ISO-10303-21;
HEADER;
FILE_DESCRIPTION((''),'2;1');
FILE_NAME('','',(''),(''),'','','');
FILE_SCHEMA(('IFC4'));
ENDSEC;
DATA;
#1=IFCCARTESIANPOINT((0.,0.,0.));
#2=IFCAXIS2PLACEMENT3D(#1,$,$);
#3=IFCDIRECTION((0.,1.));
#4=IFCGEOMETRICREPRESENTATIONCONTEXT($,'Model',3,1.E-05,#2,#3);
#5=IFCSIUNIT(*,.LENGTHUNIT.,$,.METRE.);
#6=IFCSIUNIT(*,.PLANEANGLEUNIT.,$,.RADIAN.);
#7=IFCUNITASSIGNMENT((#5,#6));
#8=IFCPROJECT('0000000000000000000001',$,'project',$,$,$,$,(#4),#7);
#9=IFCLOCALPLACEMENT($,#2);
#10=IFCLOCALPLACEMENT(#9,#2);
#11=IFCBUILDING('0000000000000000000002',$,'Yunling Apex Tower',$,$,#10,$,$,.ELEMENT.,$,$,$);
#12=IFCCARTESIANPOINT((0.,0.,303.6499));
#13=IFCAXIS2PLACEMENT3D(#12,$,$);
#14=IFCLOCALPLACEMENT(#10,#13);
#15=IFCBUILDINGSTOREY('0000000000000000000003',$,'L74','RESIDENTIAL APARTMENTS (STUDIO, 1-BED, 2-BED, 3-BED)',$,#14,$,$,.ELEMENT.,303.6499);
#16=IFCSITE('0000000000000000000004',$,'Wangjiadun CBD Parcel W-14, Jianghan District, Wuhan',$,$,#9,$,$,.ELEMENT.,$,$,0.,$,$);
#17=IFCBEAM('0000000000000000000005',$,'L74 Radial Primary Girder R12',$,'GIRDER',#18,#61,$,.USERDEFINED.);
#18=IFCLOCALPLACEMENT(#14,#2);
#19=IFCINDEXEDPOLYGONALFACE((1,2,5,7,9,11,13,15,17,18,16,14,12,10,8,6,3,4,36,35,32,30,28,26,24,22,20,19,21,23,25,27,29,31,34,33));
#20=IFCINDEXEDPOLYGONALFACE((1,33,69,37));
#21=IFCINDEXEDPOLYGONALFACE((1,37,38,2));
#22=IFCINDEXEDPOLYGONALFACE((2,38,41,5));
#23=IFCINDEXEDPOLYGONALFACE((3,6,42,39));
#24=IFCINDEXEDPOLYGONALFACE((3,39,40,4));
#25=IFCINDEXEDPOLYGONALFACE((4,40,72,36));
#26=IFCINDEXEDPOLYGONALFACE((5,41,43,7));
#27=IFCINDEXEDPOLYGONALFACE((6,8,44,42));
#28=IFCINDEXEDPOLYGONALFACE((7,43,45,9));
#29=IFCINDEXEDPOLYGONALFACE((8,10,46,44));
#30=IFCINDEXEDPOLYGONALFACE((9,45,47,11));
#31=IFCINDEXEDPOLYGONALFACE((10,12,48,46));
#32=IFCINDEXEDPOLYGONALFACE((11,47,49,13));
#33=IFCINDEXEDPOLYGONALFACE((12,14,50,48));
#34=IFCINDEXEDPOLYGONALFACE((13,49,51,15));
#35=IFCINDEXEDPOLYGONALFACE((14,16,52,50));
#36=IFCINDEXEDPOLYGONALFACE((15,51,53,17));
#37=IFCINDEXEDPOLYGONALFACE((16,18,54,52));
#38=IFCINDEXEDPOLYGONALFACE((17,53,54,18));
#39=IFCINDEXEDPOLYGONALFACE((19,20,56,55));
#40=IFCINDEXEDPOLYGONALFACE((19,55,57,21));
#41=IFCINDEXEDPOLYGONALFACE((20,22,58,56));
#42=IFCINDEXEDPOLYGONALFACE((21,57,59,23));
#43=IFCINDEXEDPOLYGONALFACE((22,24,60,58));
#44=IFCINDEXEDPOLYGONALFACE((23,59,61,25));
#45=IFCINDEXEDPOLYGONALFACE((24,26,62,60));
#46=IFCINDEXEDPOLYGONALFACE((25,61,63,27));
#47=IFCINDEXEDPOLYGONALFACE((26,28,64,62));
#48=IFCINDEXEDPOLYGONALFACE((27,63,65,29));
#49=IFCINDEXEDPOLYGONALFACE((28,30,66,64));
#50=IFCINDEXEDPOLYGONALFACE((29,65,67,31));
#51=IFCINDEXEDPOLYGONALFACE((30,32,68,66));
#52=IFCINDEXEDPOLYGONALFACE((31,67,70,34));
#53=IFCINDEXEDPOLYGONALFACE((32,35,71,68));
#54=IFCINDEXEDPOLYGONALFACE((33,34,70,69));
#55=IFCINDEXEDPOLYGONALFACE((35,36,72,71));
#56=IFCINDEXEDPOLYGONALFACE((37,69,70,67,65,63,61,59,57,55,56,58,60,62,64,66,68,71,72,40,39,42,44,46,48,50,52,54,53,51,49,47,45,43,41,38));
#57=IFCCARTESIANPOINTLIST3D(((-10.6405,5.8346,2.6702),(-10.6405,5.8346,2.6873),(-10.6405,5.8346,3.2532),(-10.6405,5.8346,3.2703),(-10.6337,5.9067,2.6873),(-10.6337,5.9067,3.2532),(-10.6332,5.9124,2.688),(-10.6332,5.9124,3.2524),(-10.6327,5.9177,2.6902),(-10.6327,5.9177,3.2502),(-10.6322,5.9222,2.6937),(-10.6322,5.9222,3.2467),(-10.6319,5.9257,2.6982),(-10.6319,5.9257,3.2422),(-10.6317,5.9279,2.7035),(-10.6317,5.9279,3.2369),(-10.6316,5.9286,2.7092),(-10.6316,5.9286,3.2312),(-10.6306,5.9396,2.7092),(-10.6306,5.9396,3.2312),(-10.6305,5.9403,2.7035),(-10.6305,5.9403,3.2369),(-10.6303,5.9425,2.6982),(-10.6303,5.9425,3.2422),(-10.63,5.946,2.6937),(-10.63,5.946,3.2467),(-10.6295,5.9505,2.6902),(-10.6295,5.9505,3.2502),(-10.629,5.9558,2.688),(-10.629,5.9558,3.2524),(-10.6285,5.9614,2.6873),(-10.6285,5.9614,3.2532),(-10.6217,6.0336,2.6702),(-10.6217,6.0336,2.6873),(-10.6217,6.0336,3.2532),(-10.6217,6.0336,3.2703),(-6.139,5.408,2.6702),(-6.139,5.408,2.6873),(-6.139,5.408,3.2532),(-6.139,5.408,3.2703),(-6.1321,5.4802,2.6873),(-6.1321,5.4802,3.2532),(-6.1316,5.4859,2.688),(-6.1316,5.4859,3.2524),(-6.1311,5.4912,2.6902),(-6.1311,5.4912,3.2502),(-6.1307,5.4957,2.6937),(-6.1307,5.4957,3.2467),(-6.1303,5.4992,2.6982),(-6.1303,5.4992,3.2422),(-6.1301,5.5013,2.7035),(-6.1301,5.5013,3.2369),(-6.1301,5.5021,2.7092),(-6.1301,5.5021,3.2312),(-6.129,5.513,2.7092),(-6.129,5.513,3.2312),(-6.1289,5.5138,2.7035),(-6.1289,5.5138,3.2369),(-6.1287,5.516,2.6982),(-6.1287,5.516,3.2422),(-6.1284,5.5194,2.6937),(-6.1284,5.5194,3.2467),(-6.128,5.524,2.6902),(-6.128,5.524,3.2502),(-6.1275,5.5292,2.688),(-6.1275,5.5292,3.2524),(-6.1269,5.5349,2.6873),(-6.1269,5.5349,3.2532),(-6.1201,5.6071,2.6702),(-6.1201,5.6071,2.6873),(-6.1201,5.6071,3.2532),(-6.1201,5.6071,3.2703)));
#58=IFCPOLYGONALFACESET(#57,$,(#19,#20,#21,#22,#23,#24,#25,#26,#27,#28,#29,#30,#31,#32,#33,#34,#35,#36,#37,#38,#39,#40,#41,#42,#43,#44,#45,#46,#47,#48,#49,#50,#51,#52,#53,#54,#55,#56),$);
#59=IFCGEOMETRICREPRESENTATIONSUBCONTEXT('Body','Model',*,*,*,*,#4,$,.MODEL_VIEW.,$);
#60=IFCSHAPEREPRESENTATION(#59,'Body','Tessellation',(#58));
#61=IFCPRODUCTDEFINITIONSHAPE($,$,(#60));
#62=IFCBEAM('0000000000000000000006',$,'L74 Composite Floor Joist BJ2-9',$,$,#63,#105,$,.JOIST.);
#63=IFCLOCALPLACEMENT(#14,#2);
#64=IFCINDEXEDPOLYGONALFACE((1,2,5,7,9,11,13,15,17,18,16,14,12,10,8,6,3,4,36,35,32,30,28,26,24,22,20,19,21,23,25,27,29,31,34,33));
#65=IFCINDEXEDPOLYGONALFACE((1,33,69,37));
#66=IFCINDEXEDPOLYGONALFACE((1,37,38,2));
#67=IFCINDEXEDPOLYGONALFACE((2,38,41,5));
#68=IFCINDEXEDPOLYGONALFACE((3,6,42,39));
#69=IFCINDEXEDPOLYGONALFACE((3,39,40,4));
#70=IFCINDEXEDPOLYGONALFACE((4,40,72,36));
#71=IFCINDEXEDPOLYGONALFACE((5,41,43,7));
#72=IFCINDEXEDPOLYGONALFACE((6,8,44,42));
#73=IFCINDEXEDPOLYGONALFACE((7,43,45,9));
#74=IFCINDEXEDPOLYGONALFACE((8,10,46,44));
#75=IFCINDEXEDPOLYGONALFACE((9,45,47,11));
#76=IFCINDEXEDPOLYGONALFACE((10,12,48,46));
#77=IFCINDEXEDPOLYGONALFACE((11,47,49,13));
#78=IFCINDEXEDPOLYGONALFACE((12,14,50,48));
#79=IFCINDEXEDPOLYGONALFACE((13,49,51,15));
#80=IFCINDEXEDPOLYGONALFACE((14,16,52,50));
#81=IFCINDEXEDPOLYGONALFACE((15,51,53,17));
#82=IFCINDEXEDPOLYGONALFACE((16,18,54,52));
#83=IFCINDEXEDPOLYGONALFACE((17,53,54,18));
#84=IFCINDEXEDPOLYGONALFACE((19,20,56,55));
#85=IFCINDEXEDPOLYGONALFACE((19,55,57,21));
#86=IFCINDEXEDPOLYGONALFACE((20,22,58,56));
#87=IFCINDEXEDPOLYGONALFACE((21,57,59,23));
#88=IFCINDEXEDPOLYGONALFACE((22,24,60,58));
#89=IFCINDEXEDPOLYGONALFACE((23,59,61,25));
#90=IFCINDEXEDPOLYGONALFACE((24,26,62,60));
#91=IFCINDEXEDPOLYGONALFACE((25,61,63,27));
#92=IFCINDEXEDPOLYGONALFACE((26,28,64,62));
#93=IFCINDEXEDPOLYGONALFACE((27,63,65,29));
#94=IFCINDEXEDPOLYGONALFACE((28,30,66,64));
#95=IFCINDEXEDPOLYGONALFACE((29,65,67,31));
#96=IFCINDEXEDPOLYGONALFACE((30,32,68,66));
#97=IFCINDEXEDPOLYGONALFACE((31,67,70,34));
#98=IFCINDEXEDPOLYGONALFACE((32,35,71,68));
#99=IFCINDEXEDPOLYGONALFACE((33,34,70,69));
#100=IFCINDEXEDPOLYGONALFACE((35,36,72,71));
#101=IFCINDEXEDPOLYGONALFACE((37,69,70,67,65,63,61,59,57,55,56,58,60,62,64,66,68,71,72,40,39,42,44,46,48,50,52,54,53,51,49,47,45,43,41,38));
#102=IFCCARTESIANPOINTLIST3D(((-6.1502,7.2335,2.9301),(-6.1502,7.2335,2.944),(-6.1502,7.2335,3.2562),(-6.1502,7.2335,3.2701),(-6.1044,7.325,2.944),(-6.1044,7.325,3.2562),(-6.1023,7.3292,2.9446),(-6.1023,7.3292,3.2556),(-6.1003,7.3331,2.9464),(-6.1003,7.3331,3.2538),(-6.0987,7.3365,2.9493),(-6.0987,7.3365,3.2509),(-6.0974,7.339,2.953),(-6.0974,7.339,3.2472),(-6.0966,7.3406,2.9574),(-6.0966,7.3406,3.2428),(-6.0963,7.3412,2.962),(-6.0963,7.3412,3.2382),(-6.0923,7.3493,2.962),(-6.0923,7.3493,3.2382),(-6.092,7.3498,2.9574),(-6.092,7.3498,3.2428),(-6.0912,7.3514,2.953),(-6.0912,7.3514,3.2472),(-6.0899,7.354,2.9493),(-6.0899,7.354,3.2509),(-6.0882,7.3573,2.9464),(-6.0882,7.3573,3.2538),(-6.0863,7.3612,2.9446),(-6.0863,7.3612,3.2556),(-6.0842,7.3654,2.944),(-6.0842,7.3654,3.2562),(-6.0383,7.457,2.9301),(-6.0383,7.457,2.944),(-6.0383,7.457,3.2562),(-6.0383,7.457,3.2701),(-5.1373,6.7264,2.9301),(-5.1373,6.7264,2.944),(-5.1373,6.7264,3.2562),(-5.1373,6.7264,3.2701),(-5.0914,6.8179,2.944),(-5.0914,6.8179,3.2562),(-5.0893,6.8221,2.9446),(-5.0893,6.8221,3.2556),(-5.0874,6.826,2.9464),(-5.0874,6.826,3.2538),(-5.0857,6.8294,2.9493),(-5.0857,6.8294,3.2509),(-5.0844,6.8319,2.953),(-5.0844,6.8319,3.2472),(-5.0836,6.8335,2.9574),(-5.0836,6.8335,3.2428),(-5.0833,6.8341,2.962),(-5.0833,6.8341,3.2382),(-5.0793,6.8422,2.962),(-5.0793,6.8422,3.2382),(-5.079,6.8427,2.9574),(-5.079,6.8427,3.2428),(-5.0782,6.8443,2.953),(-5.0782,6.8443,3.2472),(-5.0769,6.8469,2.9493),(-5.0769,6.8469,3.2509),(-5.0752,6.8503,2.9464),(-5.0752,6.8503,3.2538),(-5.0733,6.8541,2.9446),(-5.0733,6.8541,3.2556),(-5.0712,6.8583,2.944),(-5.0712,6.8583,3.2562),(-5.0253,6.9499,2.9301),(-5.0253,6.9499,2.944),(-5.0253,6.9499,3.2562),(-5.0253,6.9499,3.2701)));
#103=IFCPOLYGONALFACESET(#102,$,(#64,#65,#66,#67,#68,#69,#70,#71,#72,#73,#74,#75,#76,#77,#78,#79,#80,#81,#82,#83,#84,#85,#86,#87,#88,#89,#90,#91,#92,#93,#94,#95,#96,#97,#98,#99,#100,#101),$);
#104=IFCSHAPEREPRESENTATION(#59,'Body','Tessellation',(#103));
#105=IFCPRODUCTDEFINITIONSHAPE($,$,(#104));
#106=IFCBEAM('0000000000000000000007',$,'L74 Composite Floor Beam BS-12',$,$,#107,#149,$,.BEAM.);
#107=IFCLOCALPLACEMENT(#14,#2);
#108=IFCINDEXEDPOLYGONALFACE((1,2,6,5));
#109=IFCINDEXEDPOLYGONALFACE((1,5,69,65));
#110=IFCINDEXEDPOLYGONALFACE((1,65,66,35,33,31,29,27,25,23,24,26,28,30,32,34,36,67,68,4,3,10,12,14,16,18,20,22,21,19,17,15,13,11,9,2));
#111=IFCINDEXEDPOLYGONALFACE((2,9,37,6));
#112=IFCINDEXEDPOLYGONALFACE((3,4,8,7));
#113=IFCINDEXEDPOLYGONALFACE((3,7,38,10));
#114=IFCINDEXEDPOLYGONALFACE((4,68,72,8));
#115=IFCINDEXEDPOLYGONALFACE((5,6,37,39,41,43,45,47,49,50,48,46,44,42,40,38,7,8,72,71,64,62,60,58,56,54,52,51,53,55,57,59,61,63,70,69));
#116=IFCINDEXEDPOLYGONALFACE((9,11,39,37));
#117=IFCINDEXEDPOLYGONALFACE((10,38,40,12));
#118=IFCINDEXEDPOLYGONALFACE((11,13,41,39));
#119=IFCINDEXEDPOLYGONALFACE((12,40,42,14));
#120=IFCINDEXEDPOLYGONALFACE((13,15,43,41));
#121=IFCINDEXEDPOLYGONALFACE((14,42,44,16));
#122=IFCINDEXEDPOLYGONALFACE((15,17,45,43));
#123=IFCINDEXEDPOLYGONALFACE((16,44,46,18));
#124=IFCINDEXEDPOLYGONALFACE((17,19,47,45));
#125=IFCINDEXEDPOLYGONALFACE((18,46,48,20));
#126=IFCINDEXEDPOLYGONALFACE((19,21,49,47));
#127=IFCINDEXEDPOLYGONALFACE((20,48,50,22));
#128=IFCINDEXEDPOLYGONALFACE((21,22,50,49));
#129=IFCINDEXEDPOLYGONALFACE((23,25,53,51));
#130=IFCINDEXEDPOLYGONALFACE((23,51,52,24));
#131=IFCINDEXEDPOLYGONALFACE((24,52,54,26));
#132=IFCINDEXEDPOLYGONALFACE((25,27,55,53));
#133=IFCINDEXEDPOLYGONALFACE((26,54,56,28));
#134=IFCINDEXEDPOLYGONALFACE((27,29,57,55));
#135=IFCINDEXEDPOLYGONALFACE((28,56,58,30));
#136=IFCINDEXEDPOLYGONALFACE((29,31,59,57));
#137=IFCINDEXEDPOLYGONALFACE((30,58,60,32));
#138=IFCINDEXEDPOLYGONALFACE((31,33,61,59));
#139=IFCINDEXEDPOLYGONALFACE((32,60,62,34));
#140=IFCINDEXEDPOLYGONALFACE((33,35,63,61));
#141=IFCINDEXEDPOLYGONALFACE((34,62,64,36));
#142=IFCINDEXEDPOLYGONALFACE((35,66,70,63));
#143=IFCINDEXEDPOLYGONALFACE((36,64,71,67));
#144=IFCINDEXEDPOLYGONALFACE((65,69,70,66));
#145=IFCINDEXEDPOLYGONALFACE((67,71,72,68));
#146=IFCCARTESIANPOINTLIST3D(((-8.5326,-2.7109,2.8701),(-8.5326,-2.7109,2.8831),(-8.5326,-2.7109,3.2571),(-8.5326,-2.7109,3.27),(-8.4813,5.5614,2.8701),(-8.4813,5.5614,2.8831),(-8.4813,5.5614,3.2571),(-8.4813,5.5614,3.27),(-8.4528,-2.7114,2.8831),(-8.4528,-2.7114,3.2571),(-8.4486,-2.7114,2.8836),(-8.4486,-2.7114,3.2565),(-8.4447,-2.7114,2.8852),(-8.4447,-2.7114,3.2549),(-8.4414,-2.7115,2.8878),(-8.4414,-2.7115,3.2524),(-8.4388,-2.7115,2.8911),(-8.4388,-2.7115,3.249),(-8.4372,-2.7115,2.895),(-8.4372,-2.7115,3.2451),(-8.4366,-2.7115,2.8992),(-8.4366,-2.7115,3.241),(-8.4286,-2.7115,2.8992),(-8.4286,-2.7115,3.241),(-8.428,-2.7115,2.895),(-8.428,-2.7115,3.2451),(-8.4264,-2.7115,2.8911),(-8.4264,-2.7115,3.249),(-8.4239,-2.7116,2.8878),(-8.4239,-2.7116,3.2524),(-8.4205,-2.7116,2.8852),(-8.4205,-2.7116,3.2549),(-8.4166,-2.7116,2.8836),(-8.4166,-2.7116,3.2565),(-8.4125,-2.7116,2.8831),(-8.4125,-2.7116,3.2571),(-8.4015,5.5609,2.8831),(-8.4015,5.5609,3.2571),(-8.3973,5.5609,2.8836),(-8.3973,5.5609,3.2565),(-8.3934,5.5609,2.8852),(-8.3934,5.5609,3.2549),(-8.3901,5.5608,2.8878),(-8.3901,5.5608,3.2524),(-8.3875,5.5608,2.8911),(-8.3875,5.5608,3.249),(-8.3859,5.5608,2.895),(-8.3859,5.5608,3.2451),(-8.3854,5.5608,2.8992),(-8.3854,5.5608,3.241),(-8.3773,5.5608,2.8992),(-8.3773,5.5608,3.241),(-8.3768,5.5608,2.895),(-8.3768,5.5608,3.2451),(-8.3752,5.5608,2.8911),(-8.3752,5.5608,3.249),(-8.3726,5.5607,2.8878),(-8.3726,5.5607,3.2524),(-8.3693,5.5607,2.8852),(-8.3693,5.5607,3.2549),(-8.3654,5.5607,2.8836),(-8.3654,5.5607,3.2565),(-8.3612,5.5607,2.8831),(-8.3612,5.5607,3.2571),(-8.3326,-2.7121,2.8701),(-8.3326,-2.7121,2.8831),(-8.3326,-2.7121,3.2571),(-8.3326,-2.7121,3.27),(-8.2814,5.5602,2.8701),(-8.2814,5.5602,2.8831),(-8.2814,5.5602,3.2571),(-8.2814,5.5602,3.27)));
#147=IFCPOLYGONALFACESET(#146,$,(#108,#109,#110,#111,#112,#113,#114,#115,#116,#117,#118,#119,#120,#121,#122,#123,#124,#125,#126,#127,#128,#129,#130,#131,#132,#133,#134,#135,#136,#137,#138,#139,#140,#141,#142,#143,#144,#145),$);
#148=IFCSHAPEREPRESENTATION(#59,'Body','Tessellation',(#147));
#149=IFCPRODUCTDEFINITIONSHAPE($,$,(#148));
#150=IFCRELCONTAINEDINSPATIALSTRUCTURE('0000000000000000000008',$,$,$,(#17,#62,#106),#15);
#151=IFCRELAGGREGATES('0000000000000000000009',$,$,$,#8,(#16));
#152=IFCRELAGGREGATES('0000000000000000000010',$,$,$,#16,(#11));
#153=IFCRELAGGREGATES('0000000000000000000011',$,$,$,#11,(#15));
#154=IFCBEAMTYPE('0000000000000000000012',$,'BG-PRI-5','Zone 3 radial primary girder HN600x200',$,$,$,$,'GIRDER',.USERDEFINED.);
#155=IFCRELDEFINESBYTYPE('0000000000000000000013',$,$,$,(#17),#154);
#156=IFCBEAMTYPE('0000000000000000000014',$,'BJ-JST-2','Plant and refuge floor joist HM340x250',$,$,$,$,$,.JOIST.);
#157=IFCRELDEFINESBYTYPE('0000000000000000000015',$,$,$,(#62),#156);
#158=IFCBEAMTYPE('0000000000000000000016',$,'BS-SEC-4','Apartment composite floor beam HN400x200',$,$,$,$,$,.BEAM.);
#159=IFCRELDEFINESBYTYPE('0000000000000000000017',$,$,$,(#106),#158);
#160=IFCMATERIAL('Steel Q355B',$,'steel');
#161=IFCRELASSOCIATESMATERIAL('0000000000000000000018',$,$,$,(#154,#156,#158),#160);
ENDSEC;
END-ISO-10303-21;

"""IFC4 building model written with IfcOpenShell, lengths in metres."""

from ifc_helpers import new_model, si_unit, direction, frame, origin, origin_2d, place, context, subcontext, project, spatial, i_section, extrude, source, transform, mapped, material, material_profile, profile_set, type_object, element, save


model = new_model("IFC4")

# Units and contexts
model_context = context("Model", 3, precision=1e-05, world=origin(), true_north=direction((0.0, 1.0)))
body_context = subcontext(model_context, "Body", "Model", "MODEL_VIEW")
ifc_project = project(units=[si_unit("LENGTHUNIT", "METRE"), si_unit("PLANEANGLEUNIT", "RADIAN")], contexts=[model_context])

# Site, building, storey
site_placement = place(None, origin())
site = spatial("IfcSite", under=ifc_project, at=site_placement, Name="Wangjiadun CBD Parcel W-14, Jianghan District, Wuhan", CompositionType="ELEMENT", RefElevation=0.0)
building_placement = place(site_placement, origin())
building = spatial("IfcBuilding", under=site, at=building_placement, Name="Yunling Apex Tower", CompositionType="ELEMENT")
storey_placement = place(building_placement, frame((0.0, 0.0, 303.6499)))
storey = spatial("IfcBuildingStorey", under=building, at=storey_placement, Name="L74", Description="RESIDENTIAL APARTMENTS (STUDIO, 1-BED, 2-BED, 3-BED)", CompositionType="ELEMENT", Elevation=303.6499)

# Shared definitions
ifc_material_1 = material(Name="Steel Q355B", Category="steel")

# Beams
ifc_material_profile_1 = material_profile(ifc_material_1, i_section(OverallWidth=0.2, OverallDepth=0.6001, WebThickness=0.011, FlangeThickness=0.0171, FilletRadius=0.022, at=origin_2d()))
ifc_profile_set_1 = profile_set([ifc_material_profile_1], Name="Steel Q355B")
beam_type_1 = type_object("IfcBeamType", Name="BG-PRI-5", Description="Zone 3 radial primary girder HN600x200", ElementType="GIRDER", PredefinedType="USERDEFINED", material=ifc_profile_set_1)
shared_shape_1 = source(origin(), body_context, "Body", "SweptSolid", [
    extrude(i_section(OverallWidth=0.2, OverallDepth=0.6001, WebThickness=0.011, FlangeThickness=0.0171, FilletRadius=0.022, at=origin_2d()), origin(), (0.0, 0.0, 1.0), 4.5217),
])
beam_1_placement = place(storey_placement, frame((-10.6311, 5.9341, 2.9702), z_axis=(0.995541, -0.094328, 0.0), x_axis=(0.094328, 0.995541, 0.0)))
element("IfcBeam", 1, at=beam_1_placement, inside=storey, type_object=beam_type_1, Name="L74 Radial Primary Girder R12", ObjectType="GIRDER", PredefinedType="USERDEFINED", context=body_context, shape_type="MappedRepresentation", body=[
    mapped(shared_shape_1, transform((0.0, 0.0, 0.0), scale=1.0)),
])
ifc_material_profile_2 = material_profile(ifc_material_1, i_section(OverallWidth=0.25, OverallDepth=0.3401, WebThickness=0.009, FlangeThickness=0.0139, FilletRadius=0.0181, at=origin_2d()))
ifc_profile_set_2 = profile_set([ifc_material_profile_2], Name="Steel Q355B")
beam_type_2 = type_object("IfcBeamType", Name="BJ-JST-2", Description="Plant and refuge floor joist HM340x250", PredefinedType="JOIST", material=ifc_profile_set_2)
shared_shape_2 = source(origin(), body_context, "Body", "SweptSolid", [
    extrude(i_section(OverallWidth=0.25, OverallDepth=0.3401, WebThickness=0.009, FlangeThickness=0.0139, FilletRadius=0.0181, at=origin_2d()), origin(), (0.0, 0.0, 1.0), 1.1328),
])
beam_2_placement = place(storey_placement, frame((-5.0813, 6.8381, 3.1001), z_axis=(-0.894212, 0.447645, 0.0), x_axis=(-0.447645, -0.894212, 0.0)))
element("IfcBeam", 2, at=beam_2_placement, inside=storey, type_object=beam_type_2, Name="L74 Composite Floor Joist BJ2-9", PredefinedType="JOIST", context=body_context, shape_type="MappedRepresentation", body=[
    mapped(shared_shape_2, transform((0.0, 0.0, 0.0), scale=1.0)),
])
ifc_material_profile_3 = material_profile(ifc_material_1, i_section(OverallWidth=0.2, OverallDepth=0.3999, WebThickness=0.0081, FlangeThickness=0.0129, FilletRadius=0.0161, at=origin_2d()))
ifc_profile_set_3 = profile_set([ifc_material_profile_3], Name="Steel Q355B")
beam_type_3 = type_object("IfcBeamType", Name="BS-SEC-4", Description="Apartment composite floor beam HN400x200", PredefinedType="BEAM", material=ifc_profile_set_3)
shared_shape_3 = source(origin(), body_context, "Body", "SweptSolid", [
    extrude(i_section(OverallWidth=0.2, OverallDepth=0.3999, WebThickness=0.0081, FlangeThickness=0.0129, FilletRadius=0.0161, at=origin_2d()), origin(), (0.0, 0.0, 1.0), 8.2725),
])
beam_3_placement = place(storey_placement, frame((-8.3813, 5.5608, 3.0701), z_axis=(-0.006198, -0.999981, 0.0), x_axis=(0.999981, -0.006198, 0.0)))
element("IfcBeam", 3, at=beam_3_placement, inside=storey, type_object=beam_type_3, Name="L74 Composite Floor Beam BS-12", PredefinedType="BEAM", context=body_context, shape_type="MappedRepresentation", body=[
    mapped(shared_shape_3, transform((0.0, 0.0, 0.0), scale=1.0)),
])

save(model, "model.ifc")
